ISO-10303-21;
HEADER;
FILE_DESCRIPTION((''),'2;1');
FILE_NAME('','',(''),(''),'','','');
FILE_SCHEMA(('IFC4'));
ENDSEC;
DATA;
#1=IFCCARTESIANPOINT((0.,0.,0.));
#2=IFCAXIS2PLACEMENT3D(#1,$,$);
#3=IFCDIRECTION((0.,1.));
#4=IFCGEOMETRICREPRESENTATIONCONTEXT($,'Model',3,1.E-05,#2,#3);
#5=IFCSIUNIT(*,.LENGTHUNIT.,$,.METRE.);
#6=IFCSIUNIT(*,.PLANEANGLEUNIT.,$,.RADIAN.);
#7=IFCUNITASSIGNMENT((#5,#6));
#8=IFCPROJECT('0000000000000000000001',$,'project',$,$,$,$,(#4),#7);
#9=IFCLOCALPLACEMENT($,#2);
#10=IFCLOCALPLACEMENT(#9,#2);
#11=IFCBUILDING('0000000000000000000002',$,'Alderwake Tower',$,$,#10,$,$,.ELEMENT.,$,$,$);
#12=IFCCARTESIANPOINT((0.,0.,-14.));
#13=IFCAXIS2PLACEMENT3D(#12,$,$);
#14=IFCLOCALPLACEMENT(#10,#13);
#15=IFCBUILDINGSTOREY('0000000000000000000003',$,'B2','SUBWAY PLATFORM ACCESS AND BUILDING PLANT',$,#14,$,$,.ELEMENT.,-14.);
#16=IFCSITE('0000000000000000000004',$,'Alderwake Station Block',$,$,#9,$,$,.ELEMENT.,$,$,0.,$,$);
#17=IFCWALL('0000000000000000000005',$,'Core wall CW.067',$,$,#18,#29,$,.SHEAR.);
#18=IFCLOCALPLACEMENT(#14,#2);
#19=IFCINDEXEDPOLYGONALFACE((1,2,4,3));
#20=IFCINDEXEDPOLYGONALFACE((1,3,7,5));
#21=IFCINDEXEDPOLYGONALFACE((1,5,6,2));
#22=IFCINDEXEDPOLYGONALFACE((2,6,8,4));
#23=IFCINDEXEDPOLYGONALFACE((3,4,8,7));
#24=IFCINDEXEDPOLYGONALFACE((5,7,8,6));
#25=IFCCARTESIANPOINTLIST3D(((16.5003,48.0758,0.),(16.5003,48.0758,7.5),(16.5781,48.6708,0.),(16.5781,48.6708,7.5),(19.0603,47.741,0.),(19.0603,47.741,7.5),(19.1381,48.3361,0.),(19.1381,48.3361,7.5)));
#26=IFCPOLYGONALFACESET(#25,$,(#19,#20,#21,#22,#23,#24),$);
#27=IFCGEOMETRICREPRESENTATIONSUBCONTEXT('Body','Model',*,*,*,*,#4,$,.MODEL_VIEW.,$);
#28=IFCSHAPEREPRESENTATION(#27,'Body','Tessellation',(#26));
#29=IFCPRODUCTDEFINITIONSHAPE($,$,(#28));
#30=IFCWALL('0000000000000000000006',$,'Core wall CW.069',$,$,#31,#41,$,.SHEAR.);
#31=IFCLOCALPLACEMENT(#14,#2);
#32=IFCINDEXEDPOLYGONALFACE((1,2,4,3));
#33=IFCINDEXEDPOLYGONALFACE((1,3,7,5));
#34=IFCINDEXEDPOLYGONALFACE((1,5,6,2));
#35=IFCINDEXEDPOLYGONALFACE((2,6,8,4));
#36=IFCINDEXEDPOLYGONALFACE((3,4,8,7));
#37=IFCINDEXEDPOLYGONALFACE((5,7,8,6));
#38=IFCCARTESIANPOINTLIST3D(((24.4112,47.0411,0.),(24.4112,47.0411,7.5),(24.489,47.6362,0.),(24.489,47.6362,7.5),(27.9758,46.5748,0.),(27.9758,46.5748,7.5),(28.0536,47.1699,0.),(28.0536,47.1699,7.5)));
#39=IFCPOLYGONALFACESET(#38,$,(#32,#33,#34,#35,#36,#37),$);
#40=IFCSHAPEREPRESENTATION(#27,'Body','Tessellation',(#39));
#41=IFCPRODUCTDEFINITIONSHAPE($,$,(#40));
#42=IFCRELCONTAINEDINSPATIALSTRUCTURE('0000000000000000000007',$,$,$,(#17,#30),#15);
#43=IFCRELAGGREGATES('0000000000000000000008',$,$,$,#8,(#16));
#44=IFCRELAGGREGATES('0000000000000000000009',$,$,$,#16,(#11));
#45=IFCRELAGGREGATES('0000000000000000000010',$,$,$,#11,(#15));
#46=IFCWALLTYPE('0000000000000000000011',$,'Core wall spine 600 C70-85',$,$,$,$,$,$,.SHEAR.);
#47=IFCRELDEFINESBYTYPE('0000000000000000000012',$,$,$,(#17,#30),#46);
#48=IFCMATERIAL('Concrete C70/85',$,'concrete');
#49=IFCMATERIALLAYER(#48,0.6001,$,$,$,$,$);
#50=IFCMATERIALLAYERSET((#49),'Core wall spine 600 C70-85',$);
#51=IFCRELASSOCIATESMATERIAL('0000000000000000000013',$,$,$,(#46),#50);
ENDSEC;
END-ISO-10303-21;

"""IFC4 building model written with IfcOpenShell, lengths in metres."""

from ifc_helpers import new_model, si_unit, direction, frame, frame_2d, origin, place, context, subcontext, project, spatial, rectangle, extrude, material, layer, layer_set, type_object, element, save


model = new_model("IFC4")

# Units and contexts
model_context = context("Model", 3, precision=1e-05, world=origin(), true_north=direction((0.0, 1.0)))
body_context = subcontext(model_context, "Body", "Model", "MODEL_VIEW")
ifc_project = project(units=[si_unit("LENGTHUNIT", "METRE"), si_unit("PLANEANGLEUNIT", "RADIAN")], contexts=[model_context])

# Site, building, storey
site_placement = place(None, origin())
site = spatial("IfcSite", under=ifc_project, at=site_placement, Name="Alderwake Station Block", CompositionType="ELEMENT", RefElevation=0.0)
building_placement = place(site_placement, origin())
building = spatial("IfcBuilding", under=site, at=building_placement, Name="Alderwake Tower", CompositionType="ELEMENT")
storey_placement = place(building_placement, frame((0.0, 0.0, -14.0)))
storey = spatial("IfcBuildingStorey", under=building, at=storey_placement, Name="B2", Description="SUBWAY PLATFORM ACCESS AND BUILDING PLANT", CompositionType="ELEMENT", Elevation=-14.0)

# Shared definitions
ifc_material_1 = material(Name="Concrete C70/85", Category="concrete")
ifc_layer_1 = layer(ifc_material_1, 0.6001)
ifc_layer_set_1 = layer_set([ifc_layer_1], Name="Core wall spine 600 C70-85")
wall_type_1 = type_object("IfcWallType", Name="Core wall spine 600 C70-85", PredefinedType="SHEAR", material=ifc_layer_set_1)

# Walls
wall_1_placement = place(storey_placement, frame((16.5391, 48.3733, 0.0), z_axis=(0.0, 0.0, 1.0), x_axis=(0.991561, -0.129642, 0.0)))
element("IfcWall", 1, at=wall_1_placement, inside=storey, type_object=wall_type_1, Name="Core wall CW.067", PredefinedType="SHEAR", context=body_context, shape_type="SweptSolid", body=[
    extrude(rectangle(XDim=2.5818, YDim=0.6001, at=frame_2d((1.291, 0.0))), origin(), (0.0, 0.0, 1.0), 7.5),
])
wall_2_placement = place(storey_placement, frame((24.4502, 47.3386, 0.0), z_axis=(0.0, 0.0, 1.0), x_axis=(0.991552, -0.129708, 0.0)))
element("IfcWall", 2, at=wall_2_placement, inside=storey, type_object=wall_type_1, Name="Core wall CW.069", PredefinedType="SHEAR", context=body_context, shape_type="SweptSolid", body=[
    extrude(rectangle(XDim=3.595, YDim=0.6001, at=frame_2d((1.7974, 0.0))), origin(), (0.0, 0.0, 1.0), 7.5),
])

save(model, "model.ifc")
